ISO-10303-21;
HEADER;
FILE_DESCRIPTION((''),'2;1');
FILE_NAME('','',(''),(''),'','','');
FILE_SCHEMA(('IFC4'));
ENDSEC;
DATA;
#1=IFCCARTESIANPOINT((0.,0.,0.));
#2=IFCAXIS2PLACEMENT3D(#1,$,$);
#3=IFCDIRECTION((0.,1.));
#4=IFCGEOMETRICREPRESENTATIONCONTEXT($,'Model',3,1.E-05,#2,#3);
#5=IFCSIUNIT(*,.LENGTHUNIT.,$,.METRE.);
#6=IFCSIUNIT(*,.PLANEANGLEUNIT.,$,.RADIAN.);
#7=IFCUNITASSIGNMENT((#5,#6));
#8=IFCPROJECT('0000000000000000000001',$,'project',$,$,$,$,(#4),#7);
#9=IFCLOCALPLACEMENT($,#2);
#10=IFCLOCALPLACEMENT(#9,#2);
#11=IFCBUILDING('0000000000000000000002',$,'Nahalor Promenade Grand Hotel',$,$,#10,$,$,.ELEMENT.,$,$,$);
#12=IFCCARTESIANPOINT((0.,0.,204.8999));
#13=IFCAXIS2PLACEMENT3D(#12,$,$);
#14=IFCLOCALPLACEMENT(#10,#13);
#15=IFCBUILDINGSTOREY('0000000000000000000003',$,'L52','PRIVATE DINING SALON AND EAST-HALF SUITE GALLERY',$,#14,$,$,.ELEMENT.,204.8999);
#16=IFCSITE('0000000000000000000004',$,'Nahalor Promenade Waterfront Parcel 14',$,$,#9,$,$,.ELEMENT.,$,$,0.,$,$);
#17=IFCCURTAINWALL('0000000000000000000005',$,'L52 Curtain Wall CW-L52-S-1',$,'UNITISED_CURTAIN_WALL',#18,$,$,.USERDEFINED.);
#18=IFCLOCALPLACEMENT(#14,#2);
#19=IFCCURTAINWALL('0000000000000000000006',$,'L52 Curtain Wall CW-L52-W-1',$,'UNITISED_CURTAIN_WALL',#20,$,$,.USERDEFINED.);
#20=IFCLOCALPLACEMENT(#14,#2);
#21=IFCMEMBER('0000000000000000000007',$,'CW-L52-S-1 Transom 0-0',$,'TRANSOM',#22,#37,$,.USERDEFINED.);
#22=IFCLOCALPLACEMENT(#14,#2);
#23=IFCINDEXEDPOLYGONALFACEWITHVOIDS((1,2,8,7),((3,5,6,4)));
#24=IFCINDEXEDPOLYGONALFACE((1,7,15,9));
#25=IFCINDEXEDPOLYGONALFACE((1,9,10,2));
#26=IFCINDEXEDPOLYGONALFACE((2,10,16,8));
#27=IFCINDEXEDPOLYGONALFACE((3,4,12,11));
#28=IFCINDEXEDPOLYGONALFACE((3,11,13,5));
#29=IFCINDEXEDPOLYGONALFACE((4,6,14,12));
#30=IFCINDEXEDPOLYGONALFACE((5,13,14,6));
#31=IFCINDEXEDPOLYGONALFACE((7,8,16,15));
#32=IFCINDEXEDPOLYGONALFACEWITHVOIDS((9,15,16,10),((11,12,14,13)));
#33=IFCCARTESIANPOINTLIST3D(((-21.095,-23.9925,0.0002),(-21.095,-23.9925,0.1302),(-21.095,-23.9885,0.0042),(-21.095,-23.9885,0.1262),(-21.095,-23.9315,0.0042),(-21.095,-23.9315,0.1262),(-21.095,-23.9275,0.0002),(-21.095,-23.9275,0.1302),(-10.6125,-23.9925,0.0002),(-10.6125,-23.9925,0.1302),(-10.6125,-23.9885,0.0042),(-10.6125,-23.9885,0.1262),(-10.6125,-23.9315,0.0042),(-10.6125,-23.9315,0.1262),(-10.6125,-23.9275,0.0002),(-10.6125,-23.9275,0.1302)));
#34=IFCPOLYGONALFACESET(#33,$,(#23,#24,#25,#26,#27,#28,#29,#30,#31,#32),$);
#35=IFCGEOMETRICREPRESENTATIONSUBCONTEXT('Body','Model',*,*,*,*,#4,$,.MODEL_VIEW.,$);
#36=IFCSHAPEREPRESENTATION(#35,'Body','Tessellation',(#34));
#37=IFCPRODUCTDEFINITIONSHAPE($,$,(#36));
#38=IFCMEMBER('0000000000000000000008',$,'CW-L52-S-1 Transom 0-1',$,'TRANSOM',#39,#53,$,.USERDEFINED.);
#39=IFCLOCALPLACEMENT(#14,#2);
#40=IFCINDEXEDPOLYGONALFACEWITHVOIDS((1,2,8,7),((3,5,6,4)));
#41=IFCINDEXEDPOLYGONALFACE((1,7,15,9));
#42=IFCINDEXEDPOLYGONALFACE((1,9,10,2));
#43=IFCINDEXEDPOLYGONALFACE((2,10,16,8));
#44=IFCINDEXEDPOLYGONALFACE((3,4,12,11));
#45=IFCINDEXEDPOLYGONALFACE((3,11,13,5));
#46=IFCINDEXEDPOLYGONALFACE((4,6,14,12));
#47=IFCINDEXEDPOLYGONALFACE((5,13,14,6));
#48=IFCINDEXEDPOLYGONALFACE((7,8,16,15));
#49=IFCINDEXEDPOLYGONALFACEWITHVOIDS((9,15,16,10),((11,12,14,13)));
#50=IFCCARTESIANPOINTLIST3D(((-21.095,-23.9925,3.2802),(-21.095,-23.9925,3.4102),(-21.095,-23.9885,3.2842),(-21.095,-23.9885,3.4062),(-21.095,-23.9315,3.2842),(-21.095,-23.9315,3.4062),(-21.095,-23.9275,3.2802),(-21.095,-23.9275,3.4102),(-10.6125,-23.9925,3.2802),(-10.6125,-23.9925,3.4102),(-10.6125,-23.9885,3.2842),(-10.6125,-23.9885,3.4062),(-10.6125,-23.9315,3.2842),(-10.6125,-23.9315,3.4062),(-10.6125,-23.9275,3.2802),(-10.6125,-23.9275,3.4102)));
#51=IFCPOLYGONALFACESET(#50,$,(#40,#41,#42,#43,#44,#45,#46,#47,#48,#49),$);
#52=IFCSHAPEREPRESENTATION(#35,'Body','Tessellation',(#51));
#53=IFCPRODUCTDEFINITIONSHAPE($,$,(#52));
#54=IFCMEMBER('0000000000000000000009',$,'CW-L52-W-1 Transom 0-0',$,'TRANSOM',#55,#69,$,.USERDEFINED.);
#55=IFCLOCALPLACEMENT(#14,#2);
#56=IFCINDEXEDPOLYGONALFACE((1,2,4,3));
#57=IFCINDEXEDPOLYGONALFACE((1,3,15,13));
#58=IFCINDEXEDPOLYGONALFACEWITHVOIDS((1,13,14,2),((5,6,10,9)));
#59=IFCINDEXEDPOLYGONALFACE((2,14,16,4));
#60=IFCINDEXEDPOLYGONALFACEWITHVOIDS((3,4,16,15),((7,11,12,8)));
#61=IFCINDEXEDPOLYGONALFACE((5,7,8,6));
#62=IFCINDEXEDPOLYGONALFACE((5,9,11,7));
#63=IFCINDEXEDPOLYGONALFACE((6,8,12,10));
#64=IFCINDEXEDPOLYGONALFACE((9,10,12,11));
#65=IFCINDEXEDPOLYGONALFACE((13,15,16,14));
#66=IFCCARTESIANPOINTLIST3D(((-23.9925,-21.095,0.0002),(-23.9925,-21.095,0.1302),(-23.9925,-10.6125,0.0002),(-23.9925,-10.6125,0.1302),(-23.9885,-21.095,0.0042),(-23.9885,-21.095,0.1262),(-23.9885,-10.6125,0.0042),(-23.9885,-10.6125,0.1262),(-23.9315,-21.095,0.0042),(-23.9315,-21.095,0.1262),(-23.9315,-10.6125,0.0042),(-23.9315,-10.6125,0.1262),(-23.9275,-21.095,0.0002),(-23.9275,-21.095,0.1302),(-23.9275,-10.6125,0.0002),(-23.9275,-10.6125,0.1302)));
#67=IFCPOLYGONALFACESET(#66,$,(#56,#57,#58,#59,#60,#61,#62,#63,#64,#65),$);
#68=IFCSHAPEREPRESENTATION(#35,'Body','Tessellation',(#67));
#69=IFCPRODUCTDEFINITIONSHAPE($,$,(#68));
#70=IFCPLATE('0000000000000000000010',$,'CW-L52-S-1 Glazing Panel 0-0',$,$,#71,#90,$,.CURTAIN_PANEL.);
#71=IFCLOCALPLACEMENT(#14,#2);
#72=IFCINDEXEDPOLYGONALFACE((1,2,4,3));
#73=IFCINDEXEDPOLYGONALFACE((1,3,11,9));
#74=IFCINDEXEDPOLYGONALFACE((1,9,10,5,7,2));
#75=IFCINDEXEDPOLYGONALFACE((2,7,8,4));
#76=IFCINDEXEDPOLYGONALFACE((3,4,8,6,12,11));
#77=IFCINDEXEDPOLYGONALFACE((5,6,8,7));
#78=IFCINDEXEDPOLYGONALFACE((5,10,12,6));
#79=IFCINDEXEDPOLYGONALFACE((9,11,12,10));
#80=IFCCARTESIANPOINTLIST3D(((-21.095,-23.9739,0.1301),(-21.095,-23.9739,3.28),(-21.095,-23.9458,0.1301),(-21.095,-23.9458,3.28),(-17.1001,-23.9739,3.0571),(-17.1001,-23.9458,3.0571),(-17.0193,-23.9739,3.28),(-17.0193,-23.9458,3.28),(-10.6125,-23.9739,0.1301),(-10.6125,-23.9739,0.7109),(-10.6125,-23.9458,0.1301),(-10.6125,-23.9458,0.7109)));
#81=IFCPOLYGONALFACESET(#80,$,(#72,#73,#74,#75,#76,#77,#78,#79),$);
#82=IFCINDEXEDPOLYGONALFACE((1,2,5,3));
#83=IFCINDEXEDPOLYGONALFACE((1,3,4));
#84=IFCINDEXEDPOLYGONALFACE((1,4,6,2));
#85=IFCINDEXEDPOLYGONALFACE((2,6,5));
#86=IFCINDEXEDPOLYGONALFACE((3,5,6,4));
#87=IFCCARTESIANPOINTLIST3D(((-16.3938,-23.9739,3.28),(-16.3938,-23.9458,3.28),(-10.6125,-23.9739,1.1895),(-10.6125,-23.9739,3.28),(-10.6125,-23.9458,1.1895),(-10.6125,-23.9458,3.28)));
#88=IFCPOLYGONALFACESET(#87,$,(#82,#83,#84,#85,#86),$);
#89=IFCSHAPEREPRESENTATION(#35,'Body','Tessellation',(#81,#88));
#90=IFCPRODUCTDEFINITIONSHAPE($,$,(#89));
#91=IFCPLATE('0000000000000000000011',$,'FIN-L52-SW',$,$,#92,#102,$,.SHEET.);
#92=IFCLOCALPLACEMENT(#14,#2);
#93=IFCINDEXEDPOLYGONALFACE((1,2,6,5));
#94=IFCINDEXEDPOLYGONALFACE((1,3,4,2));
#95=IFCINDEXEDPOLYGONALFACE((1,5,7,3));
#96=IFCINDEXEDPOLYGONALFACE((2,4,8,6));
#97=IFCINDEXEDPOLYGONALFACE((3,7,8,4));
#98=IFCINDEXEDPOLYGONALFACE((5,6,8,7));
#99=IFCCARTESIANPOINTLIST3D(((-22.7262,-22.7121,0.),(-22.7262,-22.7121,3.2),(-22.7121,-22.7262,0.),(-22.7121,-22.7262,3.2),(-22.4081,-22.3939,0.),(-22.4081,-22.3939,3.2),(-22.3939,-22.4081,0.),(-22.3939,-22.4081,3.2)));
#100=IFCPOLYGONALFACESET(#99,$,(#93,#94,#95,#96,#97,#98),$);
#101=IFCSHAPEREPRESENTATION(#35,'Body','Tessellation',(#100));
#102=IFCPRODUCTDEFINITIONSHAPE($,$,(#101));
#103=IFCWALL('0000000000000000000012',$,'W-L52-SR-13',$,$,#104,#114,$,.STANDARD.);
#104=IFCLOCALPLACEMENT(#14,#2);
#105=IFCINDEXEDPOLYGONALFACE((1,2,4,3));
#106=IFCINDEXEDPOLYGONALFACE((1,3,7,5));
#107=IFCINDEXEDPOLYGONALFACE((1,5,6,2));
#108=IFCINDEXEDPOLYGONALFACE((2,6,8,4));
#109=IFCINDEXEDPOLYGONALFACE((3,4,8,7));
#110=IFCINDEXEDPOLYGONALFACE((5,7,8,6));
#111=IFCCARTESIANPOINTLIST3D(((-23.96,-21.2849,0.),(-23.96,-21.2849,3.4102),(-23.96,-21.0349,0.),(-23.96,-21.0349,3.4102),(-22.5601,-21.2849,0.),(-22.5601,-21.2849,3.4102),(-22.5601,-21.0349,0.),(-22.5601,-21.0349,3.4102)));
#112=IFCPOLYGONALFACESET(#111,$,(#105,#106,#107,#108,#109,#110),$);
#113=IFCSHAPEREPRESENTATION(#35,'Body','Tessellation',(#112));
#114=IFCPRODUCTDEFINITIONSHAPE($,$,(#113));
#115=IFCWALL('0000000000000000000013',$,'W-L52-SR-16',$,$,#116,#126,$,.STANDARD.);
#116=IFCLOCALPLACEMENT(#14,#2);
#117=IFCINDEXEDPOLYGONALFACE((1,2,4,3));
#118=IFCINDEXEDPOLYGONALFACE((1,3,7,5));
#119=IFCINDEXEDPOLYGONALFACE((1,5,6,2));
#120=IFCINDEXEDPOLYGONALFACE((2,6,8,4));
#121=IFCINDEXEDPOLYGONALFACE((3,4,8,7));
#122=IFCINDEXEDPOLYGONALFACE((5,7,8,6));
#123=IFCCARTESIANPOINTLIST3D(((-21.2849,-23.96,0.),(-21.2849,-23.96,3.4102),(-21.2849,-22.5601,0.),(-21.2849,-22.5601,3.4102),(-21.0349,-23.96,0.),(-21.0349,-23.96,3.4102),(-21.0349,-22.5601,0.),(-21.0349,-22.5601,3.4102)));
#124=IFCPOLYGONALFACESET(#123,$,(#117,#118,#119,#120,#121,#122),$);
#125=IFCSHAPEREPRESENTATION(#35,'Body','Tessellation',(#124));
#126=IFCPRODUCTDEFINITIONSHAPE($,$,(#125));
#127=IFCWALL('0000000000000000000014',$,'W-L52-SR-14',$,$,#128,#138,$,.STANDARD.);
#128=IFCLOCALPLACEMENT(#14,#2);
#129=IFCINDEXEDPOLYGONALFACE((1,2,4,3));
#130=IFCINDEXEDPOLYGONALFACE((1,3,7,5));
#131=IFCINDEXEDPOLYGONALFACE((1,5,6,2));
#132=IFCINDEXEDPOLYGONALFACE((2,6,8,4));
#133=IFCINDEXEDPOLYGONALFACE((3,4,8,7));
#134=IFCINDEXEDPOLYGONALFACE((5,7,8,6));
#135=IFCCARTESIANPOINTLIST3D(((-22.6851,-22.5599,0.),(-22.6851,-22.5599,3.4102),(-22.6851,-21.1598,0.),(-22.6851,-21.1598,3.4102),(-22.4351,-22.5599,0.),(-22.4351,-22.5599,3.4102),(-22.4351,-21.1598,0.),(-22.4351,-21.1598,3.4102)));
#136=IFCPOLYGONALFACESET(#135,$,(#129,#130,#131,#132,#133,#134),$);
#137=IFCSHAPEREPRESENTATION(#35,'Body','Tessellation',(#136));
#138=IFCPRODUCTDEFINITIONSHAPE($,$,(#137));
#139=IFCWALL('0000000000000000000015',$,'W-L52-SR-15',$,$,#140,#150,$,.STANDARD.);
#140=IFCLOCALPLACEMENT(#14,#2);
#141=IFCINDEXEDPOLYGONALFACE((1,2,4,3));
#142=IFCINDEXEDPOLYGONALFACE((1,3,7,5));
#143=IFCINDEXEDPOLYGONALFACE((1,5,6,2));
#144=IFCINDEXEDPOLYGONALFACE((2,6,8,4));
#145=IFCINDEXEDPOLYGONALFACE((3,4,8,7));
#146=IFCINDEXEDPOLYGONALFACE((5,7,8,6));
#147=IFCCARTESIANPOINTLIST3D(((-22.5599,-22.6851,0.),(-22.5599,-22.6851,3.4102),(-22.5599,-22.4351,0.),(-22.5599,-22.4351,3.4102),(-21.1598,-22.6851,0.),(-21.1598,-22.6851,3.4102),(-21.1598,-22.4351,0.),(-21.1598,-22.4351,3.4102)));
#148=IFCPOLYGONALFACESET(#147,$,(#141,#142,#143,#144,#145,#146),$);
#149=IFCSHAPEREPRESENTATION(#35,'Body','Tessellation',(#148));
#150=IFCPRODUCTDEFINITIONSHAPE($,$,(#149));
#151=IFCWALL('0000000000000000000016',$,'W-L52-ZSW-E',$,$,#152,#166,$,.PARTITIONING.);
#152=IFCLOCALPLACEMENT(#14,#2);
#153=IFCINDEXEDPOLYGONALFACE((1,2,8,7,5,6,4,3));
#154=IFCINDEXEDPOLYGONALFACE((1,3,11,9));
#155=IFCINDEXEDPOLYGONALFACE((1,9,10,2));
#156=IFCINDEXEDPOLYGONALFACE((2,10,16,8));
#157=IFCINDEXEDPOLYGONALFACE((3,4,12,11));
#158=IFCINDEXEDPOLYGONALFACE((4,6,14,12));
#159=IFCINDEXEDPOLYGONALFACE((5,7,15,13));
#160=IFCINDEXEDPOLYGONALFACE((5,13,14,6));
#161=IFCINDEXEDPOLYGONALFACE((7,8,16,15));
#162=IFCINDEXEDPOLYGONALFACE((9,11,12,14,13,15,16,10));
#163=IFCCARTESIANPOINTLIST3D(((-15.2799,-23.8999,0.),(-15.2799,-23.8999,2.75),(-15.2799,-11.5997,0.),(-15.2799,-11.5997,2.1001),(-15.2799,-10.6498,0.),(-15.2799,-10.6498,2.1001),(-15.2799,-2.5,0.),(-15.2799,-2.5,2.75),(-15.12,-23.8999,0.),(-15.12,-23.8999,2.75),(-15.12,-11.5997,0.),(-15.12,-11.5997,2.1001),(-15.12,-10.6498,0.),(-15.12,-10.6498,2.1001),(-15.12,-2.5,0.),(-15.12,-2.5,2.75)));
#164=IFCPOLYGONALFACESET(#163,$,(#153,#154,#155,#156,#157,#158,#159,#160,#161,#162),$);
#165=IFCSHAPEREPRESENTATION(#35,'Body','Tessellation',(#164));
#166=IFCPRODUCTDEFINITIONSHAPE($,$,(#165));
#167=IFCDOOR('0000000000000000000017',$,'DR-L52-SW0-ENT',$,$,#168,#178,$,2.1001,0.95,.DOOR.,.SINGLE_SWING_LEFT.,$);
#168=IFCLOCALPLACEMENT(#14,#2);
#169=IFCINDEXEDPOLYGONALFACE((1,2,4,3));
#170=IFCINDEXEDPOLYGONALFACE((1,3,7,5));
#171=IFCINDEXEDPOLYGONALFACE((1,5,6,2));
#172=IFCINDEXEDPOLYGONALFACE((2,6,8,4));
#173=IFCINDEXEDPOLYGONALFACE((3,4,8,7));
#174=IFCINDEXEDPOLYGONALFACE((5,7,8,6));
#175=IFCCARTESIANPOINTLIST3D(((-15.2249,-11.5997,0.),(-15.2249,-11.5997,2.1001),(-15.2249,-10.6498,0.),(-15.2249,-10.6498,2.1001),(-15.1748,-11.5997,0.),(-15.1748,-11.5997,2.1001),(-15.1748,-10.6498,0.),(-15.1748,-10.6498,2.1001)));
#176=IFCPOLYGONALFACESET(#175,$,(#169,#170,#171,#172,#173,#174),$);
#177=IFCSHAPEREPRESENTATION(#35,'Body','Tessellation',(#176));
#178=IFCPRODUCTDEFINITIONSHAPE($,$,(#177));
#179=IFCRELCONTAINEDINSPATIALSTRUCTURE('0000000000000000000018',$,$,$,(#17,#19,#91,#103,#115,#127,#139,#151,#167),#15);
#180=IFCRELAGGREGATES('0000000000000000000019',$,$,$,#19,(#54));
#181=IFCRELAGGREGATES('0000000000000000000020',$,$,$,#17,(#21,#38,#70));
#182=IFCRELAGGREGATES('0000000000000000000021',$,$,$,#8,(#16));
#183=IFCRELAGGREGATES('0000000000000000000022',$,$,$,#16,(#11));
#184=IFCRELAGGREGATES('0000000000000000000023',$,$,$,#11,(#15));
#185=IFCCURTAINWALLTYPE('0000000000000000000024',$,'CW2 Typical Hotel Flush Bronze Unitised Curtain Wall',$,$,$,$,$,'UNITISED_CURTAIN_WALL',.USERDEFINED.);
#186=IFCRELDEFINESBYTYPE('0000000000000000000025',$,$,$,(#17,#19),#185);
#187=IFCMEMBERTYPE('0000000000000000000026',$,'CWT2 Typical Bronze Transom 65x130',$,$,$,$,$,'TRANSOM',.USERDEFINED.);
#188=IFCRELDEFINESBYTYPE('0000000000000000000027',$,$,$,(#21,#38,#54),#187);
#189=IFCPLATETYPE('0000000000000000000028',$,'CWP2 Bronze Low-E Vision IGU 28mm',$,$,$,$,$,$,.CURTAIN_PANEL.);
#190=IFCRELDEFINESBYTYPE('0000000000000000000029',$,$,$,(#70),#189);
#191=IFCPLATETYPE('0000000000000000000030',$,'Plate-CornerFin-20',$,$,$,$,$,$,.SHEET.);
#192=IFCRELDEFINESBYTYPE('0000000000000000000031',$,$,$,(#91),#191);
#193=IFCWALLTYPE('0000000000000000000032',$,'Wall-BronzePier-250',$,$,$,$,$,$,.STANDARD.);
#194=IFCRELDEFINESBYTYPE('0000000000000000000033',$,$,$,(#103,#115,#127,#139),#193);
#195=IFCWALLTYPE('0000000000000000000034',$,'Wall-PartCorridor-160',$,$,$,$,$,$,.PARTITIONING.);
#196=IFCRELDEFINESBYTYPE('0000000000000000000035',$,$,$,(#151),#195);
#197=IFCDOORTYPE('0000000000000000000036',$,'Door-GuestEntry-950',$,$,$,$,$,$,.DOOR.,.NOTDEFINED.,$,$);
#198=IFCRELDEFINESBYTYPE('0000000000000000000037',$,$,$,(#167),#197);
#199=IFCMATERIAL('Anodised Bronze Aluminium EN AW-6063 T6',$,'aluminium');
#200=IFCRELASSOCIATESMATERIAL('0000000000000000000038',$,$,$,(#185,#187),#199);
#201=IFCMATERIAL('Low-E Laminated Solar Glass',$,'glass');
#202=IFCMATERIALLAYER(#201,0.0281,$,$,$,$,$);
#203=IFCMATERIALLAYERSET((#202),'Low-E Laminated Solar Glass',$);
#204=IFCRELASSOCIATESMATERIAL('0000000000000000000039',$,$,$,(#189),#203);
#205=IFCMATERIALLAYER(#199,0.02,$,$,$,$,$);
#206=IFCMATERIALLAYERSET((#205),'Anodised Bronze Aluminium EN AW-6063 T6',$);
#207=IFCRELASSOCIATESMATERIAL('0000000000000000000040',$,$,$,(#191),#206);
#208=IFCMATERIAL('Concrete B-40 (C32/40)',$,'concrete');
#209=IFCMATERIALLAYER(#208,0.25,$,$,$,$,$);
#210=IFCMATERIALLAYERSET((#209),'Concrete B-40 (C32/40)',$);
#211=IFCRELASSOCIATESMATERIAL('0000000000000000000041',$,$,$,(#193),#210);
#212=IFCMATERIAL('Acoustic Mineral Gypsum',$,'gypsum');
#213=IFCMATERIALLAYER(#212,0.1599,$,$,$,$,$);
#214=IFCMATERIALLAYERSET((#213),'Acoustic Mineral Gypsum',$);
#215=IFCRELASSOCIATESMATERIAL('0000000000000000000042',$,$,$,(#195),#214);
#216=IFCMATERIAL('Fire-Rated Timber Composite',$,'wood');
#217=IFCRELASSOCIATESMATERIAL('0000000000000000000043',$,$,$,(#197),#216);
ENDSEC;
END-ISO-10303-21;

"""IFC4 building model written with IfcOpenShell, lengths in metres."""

from ifc_helpers import new_model, si_unit, direction, frame, frame_2d, origin, origin_2d, place, context, subcontext, project, spatial, polyline, rectangle, hollow_rectangle, outline, extrude, source, transform, mapped, material, layer, layer_set, material_profile, profile_set, type_object, element, fill, aggregate, save


model = new_model("IFC4")

# Units and contexts
model_context = context("Model", 3, precision=1e-05, world=origin(), true_north=direction((0.0, 1.0)))
body_context = subcontext(model_context, "Body", "Model", "MODEL_VIEW")
ifc_project = project(units=[si_unit("LENGTHUNIT", "METRE"), si_unit("PLANEANGLEUNIT", "RADIAN")], contexts=[model_context])

# Site, building, storey
site_placement = place(None, origin())
site = spatial("IfcSite", under=ifc_project, at=site_placement, Name="Nahalor Promenade Waterfront Parcel 14", CompositionType="ELEMENT", RefElevation=0.0)
building_placement = place(site_placement, origin())
building = spatial("IfcBuilding", under=site, at=building_placement, Name="Nahalor Promenade Grand Hotel", CompositionType="ELEMENT")
storey_placement = place(building_placement, frame((0.0, 0.0, 204.8999)))
storey = spatial("IfcBuildingStorey", under=building, at=storey_placement, Name="L52", Description="PRIVATE DINING SALON AND EAST-HALF SUITE GALLERY", CompositionType="ELEMENT", Elevation=204.8999)

# Curtain walls
ifc_material_1 = material(Name="Anodised Bronze Aluminium EN AW-6063 T6", Category="aluminium")
curtain_wall_type = type_object("IfcCurtainWallType", Name="CW2 Typical Hotel Flush Bronze Unitised Curtain Wall", ElementType="UNITISED_CURTAIN_WALL", PredefinedType="USERDEFINED", material=ifc_material_1)
curtain_wall_1_placement = place(storey_placement, origin())
curtain_wall_1 = element("IfcCurtainWall", 1, at=curtain_wall_1_placement, inside=storey, type_object=curtain_wall_type, Name="L52 Curtain Wall CW-L52-S-1", ObjectType="UNITISED_CURTAIN_WALL", PredefinedType="USERDEFINED")
curtain_wall_2_placement = place(storey_placement, origin())
curtain_wall_2 = element("IfcCurtainWall", 2, at=curtain_wall_2_placement, inside=storey, type_object=curtain_wall_type, Name="L52 Curtain Wall CW-L52-W-1", ObjectType="UNITISED_CURTAIN_WALL", PredefinedType="USERDEFINED")

# Members
ifc_material_profile_1 = material_profile(ifc_material_1, hollow_rectangle(XDim=0.065, YDim=0.13, WallThickness=0.004, at=origin_2d()), Name="CWT 65x130x4")
ifc_profile_set_1 = profile_set([ifc_material_profile_1], Name="Anodised Bronze Aluminium EN AW-6063 T6")
member_type_1 = type_object("IfcMemberType", Name="CWT2 Typical Bronze Transom 65x130", ElementType="TRANSOM", PredefinedType="USERDEFINED", material=ifc_profile_set_1)
shared_shape_1 = source(origin(), body_context, "Body", "SweptSolid", [
    extrude(hollow_rectangle(XDim=0.065, YDim=0.13, WallThickness=0.004, at=origin_2d()), origin(), (0.0, 0.0, 1.0), 10.4824),
])
member_1_placement = place(storey_placement, frame((-21.095, -23.96, 0.0652), z_axis=(1.0, 0.0, 0.0), x_axis=(0.0, 1.0, 0.0)))
member_1 = element("IfcMember", 3, at=member_1_placement, type_object=member_type_1, Name="CW-L52-S-1 Transom 0-0", ObjectType="TRANSOM", PredefinedType="USERDEFINED", context=body_context, shape_type="MappedRepresentation", body=[
    mapped(shared_shape_1, transform((0.0, 0.0, 0.0), scale=1.0)),
])
member_2_placement = place(storey_placement, frame((-21.095, -23.96, 3.3452), z_axis=(1.0, 0.0, 0.0), x_axis=(0.0, 1.0, 0.0)))
member_2 = element("IfcMember", 4, at=member_2_placement, type_object=member_type_1, Name="CW-L52-S-1 Transom 0-1", ObjectType="TRANSOM", PredefinedType="USERDEFINED", context=body_context, shape_type="MappedRepresentation", body=[
    mapped(shared_shape_1, transform((0.0, 0.0, 0.0), scale=1.0)),
])
member_3_placement = place(storey_placement, frame((-23.96, -21.095, 0.0652), z_axis=(0.0, 1.0, 0.0), x_axis=(-1.0, 0.0, 0.0)))
member_3 = element("IfcMember", 5, at=member_3_placement, type_object=member_type_1, Name="CW-L52-W-1 Transom 0-0", ObjectType="TRANSOM", PredefinedType="USERDEFINED", context=body_context, shape_type="MappedRepresentation", body=[
    mapped(shared_shape_1, transform((0.0, 0.0, 0.0), scale=1.0)),
])
aggregate(curtain_wall_2, [member_3])

# Plates
ifc_material_2 = material(Name="Low-E Laminated Solar Glass", Category="glass")
ifc_layer_1 = layer(ifc_material_2, 0.0281)
ifc_layer_set_1 = layer_set([ifc_layer_1], Name="Low-E Laminated Solar Glass")
plate_type_1 = type_object("IfcPlateType", Name="CWP2 Bronze Low-E Vision IGU 28mm", PredefinedType="CURTAIN_PANEL", material=ifc_layer_set_1)
plate_1_placement = place(storey_placement, frame((-15.8538, -23.96, 0.1301), z_axis=(0.0, 0.0, 1.0), x_axis=(1.0, 0.0, 0.0)))
plate_1 = element("IfcPlate", 6, at=plate_1_placement, type_object=plate_type_1, Name="CW-L52-S-1 Glazing Panel 0-0", PredefinedType="CURTAIN_PANEL", context=body_context, shape_type="SweptSolid", body=[
    extrude(outline(polyline([(-5.2412, 0.0), (5.2412, 0.0), (5.2412, 0.5808), (-1.2463, 2.927), (-1.1655, 3.1499), (-5.2412, 3.1499), (-5.2412, 0.0)])), frame((0.0, 0.0142, 0.0), z_axis=(0.0, -1.0, 0.0), x_axis=(1.0, 0.0, 0.0)), (0.0, 0.0, 1.0), 0.0281),
    extrude(outline(polyline([(5.2412, 1.0593), (5.2412, 3.1499), (-0.54, 3.1499), (5.2412, 1.0593)])), frame((0.0, 0.0142, 0.0), z_axis=(0.0, -1.0, 0.0), x_axis=(1.0, 0.0, 0.0)), (0.0, 0.0, 1.0), 0.0281),
])
aggregate(curtain_wall_1, [member_1, member_2, plate_1])
ifc_layer_2 = layer(ifc_material_1, 0.02)
ifc_layer_set_2 = layer_set([ifc_layer_2], Name="Anodised Bronze Aluminium EN AW-6063 T6")
plate_type_2 = type_object("IfcPlateType", Name="Plate-CornerFin-20", PredefinedType="SHEET", material=ifc_layer_set_2)
shared_shape_2 = source(origin(), body_context, "Body", "SweptSolid", [
    extrude(rectangle(XDim=0.45, YDim=0.02, at=origin_2d()), origin(), (0.0, 0.0, 1.0), 3.2),
])
plate_2_placement = place(storey_placement, frame((-22.5601, -22.5601, 0.0), z_axis=(0.0, 0.0, 1.0), x_axis=(0.707107, 0.707107, 0.0)))
element("IfcPlate", 7, at=plate_2_placement, inside=storey, type_object=plate_type_2, Name="FIN-L52-SW", PredefinedType="SHEET", context=body_context, shape_type="MappedRepresentation", body=[
    mapped(shared_shape_2, transform((0.0, 0.0, 0.0), scale=1.0)),
])

# Walls
ifc_material_3 = material(Name="Concrete B-40 (C32/40)", Category="concrete")
ifc_layer_3 = layer(ifc_material_3, 0.25)
ifc_layer_set_3 = layer_set([ifc_layer_3], Name="Concrete B-40 (C32/40)")
wall_type_1 = type_object("IfcWallType", Name="Wall-BronzePier-250", PredefinedType="STANDARD", material=ifc_layer_set_3)
shared_shape_3 = source(origin(), body_context, "Body", "SweptSolid", [
    extrude(rectangle(XDim=1.3999, YDim=0.25, at=frame_2d((0.7, 0.0))), origin(), (0.0, 0.0, 1.0), 3.4102),
])
for number, where, z_axis, x_axis, name in (
    (8, (-23.96, -21.1599, 0.0), (0.0, 0.0, 1.0), (1.0, 0.0, 0.0), "W-L52-SR-13"),
    (9, (-21.1599, -23.96, 0.0), (0.0, 0.0, 1.0), (0.0, 1.0, 0.0), "W-L52-SR-16"),
):
    element("IfcWall", number, at=place(storey_placement, frame(where, z_axis=z_axis, x_axis=x_axis)), inside=storey, type_object=wall_type_1, Name=name, PredefinedType="STANDARD", context=body_context, shape_type="MappedRepresentation", body=[
        mapped(shared_shape_3, transform((0.0, 0.0, 0.0), scale=1.0)),
    ])
shared_shape_4 = source(origin(), body_context, "Body", "SweptSolid", [
    extrude(rectangle(XDim=1.4001, YDim=0.25, at=frame_2d((0.7002, 0.0))), origin(), (0.0, 0.0, 1.0), 3.4102),
])
for number, where, z_axis, x_axis, name in (
    (10, (-22.5601, -22.5601, 0.0), (0.0, 0.0, 1.0), (0.0, 1.0, 0.0), "W-L52-SR-14"),
    (11, (-22.5601, -22.5601, 0.0), (0.0, 0.0, 1.0), (1.0, 0.0, 0.0), "W-L52-SR-15"),
):
    element("IfcWall", number, at=place(storey_placement, frame(where, z_axis=z_axis, x_axis=x_axis)), inside=storey, type_object=wall_type_1, Name=name, PredefinedType="STANDARD", context=body_context, shape_type="MappedRepresentation", body=[
        mapped(shared_shape_4, transform((0.0, 0.0, 0.0), scale=1.0)),
    ])

# Wall, opening, door
ifc_material_4 = material(Name="Acoustic Mineral Gypsum", Category="gypsum")
ifc_layer_4 = layer(ifc_material_4, 0.1599)
ifc_layer_set_4 = layer_set([ifc_layer_4], Name="Acoustic Mineral Gypsum")
wall_type_2 = type_object("IfcWallType", Name="Wall-PartCorridor-160", PredefinedType="PARTITIONING", material=ifc_layer_set_4)
shared_shape_5 = source(origin(), body_context, "Body", "SweptSolid", [
    extrude(rectangle(XDim=21.3999, YDim=0.1599, at=frame_2d((10.7, 0.0))), origin(), (0.0, 0.0, 1.0), 2.75),
])
wall_1_placement = place(storey_placement, frame((-15.2, -23.8999, 0.0), z_axis=(0.0, 0.0, 1.0), x_axis=(0.0, 1.0, 0.0)))
wall_1 = element("IfcWall", 12, at=wall_1_placement, inside=storey, type_object=wall_type_2, Name="W-L52-ZSW-E", PredefinedType="PARTITIONING", context=body_context, shape_type="MappedRepresentation", body=[
    mapped(shared_shape_5, transform((0.0, 0.0, 0.0), scale=1.0)),
])
opening_1_placement = place(wall_1_placement, frame((12.3, 0.0, 0.0)))
opening_1 = element("IfcOpeningElement", 13, at=opening_1_placement, cuts=wall_1, PredefinedType="OPENING", context=body_context, shape_type="SweptSolid", body=[
    extrude(rectangle(XDim=0.95, YDim=2.1001, at=frame_2d((0.4751, 1.05))), frame((0.0, 0.0898, 0.0), z_axis=(0.0, -1.0, 0.0), x_axis=(1.0, 0.0, 0.0)), (0.0, 0.0, 1.0), 0.1799),
])
ifc_material_5 = material(Name="Fire-Rated Timber Composite", Category="wood")
door_type_1 = type_object("IfcDoorType", Name="Door-GuestEntry-950", OperationType="NOTDEFINED", PredefinedType="DOOR", material=ifc_material_5)
shared_shape_6 = source(origin(), body_context, "Body", "SweptSolid", [
    extrude(rectangle(XDim=0.95, YDim=2.1001, at=frame_2d((0.4751, 1.05))), frame((0.0, 0.0249, 0.0), z_axis=(0.0, -1.0, 0.0), x_axis=(1.0, 0.0, 0.0)), (0.0, 0.0, 1.0), 0.05),
])
door_1_placement = place(opening_1_placement, origin())
door_1 = element("IfcDoor", 14, at=door_1_placement, inside=storey, type_object=door_type_1, Name="DR-L52-SW0-ENT", OperationType="SINGLE_SWING_LEFT", OverallHeight=2.1001, OverallWidth=0.95, PredefinedType="DOOR", context=body_context, shape_type="MappedRepresentation", body=[
    mapped(shared_shape_6, transform((0.0, 0.0, 0.0), scale=1.0)),
])
fill(opening_1, door_1)

save(model, "model.ifc")
